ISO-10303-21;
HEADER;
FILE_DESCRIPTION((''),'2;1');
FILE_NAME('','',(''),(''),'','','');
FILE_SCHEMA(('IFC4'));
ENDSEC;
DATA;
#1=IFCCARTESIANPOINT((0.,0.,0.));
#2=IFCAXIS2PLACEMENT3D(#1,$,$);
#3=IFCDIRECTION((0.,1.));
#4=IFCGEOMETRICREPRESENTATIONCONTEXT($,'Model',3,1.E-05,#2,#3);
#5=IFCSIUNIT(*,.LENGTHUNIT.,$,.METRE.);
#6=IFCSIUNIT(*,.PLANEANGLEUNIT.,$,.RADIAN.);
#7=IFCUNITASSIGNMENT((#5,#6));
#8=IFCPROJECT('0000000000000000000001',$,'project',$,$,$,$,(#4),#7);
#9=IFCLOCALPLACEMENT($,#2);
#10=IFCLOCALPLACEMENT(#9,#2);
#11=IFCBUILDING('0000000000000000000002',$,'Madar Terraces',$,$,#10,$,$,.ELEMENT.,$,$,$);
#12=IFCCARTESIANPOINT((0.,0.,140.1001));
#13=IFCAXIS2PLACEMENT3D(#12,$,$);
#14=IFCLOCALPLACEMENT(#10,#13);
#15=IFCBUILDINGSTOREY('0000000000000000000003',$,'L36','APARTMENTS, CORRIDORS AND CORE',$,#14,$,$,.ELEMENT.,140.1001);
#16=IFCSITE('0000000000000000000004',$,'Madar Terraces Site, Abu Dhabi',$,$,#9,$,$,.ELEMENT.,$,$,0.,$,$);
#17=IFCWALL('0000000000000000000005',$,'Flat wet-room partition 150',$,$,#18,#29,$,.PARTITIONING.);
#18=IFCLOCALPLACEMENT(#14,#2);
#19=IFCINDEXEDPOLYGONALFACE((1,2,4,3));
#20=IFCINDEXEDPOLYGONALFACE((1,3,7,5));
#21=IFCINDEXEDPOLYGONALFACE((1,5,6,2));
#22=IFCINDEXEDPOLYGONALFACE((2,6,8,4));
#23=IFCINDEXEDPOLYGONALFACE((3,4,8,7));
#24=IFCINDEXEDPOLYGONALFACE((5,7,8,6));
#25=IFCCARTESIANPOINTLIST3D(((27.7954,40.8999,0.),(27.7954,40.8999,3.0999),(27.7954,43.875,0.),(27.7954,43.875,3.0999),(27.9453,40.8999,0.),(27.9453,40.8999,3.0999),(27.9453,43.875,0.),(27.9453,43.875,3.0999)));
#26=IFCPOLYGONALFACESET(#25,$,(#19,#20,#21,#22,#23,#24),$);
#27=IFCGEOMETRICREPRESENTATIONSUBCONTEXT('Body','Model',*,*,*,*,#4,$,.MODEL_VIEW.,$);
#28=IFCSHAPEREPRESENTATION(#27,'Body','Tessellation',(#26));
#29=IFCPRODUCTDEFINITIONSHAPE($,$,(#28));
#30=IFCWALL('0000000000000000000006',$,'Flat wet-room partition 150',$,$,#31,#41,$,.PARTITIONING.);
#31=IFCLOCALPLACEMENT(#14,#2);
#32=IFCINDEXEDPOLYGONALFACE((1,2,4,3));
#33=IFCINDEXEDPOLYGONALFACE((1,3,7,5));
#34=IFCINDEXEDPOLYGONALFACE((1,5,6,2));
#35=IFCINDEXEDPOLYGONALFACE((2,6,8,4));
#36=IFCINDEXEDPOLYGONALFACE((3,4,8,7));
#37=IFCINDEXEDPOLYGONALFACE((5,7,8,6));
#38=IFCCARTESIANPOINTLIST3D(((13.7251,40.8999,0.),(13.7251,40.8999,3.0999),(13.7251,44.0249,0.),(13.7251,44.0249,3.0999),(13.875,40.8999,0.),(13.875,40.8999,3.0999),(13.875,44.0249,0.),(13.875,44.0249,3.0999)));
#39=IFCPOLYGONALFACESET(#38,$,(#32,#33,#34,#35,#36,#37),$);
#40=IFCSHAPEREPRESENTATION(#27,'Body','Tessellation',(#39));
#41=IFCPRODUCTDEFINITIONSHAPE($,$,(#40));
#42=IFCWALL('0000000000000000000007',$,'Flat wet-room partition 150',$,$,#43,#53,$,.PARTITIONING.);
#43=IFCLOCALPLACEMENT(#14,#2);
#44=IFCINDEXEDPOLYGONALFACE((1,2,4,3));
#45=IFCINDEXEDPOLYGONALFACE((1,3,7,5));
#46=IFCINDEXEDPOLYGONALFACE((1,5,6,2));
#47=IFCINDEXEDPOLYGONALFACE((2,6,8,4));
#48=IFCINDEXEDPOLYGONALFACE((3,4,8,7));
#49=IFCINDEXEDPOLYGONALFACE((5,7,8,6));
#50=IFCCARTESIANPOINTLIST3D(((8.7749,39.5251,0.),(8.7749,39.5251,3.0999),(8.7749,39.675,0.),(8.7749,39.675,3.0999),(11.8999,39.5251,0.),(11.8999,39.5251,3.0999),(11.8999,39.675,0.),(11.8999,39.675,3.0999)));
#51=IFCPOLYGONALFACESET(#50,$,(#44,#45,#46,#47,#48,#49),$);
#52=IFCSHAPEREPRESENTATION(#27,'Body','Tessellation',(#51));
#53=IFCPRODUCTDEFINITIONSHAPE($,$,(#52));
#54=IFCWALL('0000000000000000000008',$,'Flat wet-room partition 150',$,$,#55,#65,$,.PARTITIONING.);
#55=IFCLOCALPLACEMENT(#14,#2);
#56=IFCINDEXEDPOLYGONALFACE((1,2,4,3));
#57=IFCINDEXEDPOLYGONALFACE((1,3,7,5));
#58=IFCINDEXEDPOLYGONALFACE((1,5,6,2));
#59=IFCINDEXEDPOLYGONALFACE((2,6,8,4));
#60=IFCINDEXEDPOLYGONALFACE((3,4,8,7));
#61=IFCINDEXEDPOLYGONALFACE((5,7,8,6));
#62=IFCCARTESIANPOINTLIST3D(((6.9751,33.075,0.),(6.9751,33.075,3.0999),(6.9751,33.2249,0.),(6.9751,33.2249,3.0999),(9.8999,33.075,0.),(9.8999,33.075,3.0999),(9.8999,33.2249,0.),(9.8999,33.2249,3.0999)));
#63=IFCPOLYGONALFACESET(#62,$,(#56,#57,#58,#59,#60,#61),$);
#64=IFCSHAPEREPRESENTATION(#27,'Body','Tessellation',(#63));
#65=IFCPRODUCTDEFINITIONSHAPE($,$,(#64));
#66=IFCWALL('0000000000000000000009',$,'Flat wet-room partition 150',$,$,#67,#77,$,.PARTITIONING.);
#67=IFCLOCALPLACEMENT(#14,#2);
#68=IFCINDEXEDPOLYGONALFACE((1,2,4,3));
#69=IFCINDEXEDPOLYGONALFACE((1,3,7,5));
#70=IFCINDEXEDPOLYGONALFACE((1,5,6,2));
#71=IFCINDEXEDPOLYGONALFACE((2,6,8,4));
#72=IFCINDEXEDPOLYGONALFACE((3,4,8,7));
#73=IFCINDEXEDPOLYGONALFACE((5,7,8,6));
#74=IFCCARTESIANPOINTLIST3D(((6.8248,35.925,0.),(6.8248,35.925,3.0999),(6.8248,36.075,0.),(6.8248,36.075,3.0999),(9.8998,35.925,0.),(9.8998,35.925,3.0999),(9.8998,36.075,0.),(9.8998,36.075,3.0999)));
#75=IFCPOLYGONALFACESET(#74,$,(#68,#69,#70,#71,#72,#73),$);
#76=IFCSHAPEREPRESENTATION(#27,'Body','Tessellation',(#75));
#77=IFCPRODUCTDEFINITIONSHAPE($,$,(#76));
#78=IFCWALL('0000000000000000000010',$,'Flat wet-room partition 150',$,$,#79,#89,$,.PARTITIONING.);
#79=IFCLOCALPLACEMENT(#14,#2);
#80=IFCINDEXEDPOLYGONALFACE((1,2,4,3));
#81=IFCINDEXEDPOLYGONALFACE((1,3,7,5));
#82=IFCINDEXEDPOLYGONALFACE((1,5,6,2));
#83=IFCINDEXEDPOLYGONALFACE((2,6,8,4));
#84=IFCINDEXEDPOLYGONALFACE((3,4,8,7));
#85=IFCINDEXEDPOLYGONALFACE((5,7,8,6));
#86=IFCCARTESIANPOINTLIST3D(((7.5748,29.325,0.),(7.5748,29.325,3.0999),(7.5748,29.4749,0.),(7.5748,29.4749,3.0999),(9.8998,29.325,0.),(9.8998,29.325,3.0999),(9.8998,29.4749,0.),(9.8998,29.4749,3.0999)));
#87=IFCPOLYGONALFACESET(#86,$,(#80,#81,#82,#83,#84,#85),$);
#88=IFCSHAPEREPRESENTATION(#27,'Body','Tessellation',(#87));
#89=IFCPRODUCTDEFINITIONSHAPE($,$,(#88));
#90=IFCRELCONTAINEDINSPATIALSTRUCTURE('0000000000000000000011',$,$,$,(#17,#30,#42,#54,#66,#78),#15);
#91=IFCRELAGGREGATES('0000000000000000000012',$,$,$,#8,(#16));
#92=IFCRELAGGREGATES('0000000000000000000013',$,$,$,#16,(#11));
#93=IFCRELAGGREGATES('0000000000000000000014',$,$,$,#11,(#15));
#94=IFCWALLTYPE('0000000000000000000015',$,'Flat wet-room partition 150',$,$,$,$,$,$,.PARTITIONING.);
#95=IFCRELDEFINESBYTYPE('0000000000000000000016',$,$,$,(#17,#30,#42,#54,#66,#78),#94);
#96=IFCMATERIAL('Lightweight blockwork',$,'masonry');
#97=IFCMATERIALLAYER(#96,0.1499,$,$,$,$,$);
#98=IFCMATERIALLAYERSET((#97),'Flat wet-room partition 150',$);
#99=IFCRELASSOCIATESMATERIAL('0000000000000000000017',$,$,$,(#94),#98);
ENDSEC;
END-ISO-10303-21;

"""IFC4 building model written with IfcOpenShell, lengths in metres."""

from ifc_helpers import new_model, si_unit, direction, frame, frame_2d, origin, place, context, subcontext, project, spatial, rectangle, extrude, material, layer, layer_set, type_object, element, save


model = new_model("IFC4")

# Units and contexts
model_context = context("Model", 3, precision=1e-05, world=origin(), true_north=direction((0.0, 1.0)))
body_context = subcontext(model_context, "Body", "Model", "MODEL_VIEW")
ifc_project = project(units=[si_unit("LENGTHUNIT", "METRE"), si_unit("PLANEANGLEUNIT", "RADIAN")], contexts=[model_context])

# Site, building, storey
site_placement = place(None, origin())
site = spatial("IfcSite", under=ifc_project, at=site_placement, Name="Madar Terraces Site, Abu Dhabi", CompositionType="ELEMENT", RefElevation=0.0)
building_placement = place(site_placement, origin())
building = spatial("IfcBuilding", under=site, at=building_placement, Name="Madar Terraces", CompositionType="ELEMENT")
storey_placement = place(building_placement, frame((0.0, 0.0, 140.1001)))
storey = spatial("IfcBuildingStorey", under=building, at=storey_placement, Name="L36", Description="APARTMENTS, CORRIDORS AND CORE", CompositionType="ELEMENT", Elevation=140.1001)

# Walls
ifc_material_1 = material(Name="Lightweight blockwork", Category="masonry")
ifc_layer_1 = layer(ifc_material_1, 0.1499)
ifc_layer_set_1 = layer_set([ifc_layer_1], Name="Flat wet-room partition 150")
wall_type_1 = type_object("IfcWallType", Name="Flat wet-room partition 150", PredefinedType="PARTITIONING", material=ifc_layer_set_1)
for number, where, z_axis, x_axis, name in (
    (1, (27.8704, 40.8999, 0.0), (0.0, 0.0, 1.0), (0.0, 1.0, 0.0), "Flat wet-room partition 150"),
):
    element("IfcWall", number, at=place(storey_placement, frame(where, z_axis=z_axis, x_axis=x_axis)), inside=storey, type_object=wall_type_1, Name=name, PredefinedType="PARTITIONING", context=body_context, shape_type="SweptSolid", body=[
        extrude(rectangle(XDim=2.9751, YDim=0.1499, at=frame_2d((1.4875, 0.0))), origin(), (0.0, 0.0, 1.0), 3.0999),
    ])
for number, where, z_axis, x_axis, name in (
    (2, (13.8, 40.8999, 0.0), (0.0, 0.0, 1.0), (0.0, 1.0, 0.0), "Flat wet-room partition 150"),
    (3, (11.8999, 39.6001, 0.0), (0.0, 0.0, 1.0), (-1.0, 0.0, 0.0), "Flat wet-room partition 150"),
):
    element("IfcWall", number, at=place(storey_placement, frame(where, z_axis=z_axis, x_axis=x_axis)), inside=storey, type_object=wall_type_1, Name=name, PredefinedType="PARTITIONING", context=body_context, shape_type="SweptSolid", body=[
        extrude(rectangle(XDim=3.125, YDim=0.1499, at=frame_2d((1.5625, 0.0))), origin(), (0.0, 0.0, 1.0), 3.0999),
    ])
wall_1_placement = place(storey_placement, frame((9.8999, 33.1499, 0.0), z_axis=(0.0, 0.0, 1.0), x_axis=(-1.0, 0.0, 0.0)))
element("IfcWall", 4, at=wall_1_placement, inside=storey, type_object=wall_type_1, Name="Flat wet-room partition 150", PredefinedType="PARTITIONING", context=body_context, shape_type="SweptSolid", body=[
    extrude(rectangle(XDim=2.9248, YDim=0.1499, at=frame_2d((1.4624, 0.0))), origin(), (0.0, 0.0, 1.0), 3.0999),
])
wall_2_placement = place(storey_placement, frame((9.8999, 36.0, 0.0), z_axis=(0.0, 0.0, 1.0), x_axis=(-1.0, 0.0, 0.0)))
element("IfcWall", 5, at=wall_2_placement, inside=storey, type_object=wall_type_1, Name="Flat wet-room partition 150", PredefinedType="PARTITIONING", context=body_context, shape_type="SweptSolid", body=[
    extrude(rectangle(XDim=3.075, YDim=0.1499, at=frame_2d((1.5376, 0.0))), origin(), (0.0, 0.0, 1.0), 3.0999),
])
wall_3_placement = place(storey_placement, frame((9.8999, 29.3999, 0.0), z_axis=(0.0, 0.0, 1.0), x_axis=(-1.0, 0.0, 0.0)))
element("IfcWall", 6, at=wall_3_placement, inside=storey, type_object=wall_type_1, Name="Flat wet-room partition 150", PredefinedType="PARTITIONING", context=body_context, shape_type="SweptSolid", body=[
    extrude(rectangle(XDim=2.325, YDim=0.1499, at=frame_2d((1.1626, 0.0))), origin(), (0.0, 0.0, 1.0), 3.0999),
])

save(model, "model.ifc")
